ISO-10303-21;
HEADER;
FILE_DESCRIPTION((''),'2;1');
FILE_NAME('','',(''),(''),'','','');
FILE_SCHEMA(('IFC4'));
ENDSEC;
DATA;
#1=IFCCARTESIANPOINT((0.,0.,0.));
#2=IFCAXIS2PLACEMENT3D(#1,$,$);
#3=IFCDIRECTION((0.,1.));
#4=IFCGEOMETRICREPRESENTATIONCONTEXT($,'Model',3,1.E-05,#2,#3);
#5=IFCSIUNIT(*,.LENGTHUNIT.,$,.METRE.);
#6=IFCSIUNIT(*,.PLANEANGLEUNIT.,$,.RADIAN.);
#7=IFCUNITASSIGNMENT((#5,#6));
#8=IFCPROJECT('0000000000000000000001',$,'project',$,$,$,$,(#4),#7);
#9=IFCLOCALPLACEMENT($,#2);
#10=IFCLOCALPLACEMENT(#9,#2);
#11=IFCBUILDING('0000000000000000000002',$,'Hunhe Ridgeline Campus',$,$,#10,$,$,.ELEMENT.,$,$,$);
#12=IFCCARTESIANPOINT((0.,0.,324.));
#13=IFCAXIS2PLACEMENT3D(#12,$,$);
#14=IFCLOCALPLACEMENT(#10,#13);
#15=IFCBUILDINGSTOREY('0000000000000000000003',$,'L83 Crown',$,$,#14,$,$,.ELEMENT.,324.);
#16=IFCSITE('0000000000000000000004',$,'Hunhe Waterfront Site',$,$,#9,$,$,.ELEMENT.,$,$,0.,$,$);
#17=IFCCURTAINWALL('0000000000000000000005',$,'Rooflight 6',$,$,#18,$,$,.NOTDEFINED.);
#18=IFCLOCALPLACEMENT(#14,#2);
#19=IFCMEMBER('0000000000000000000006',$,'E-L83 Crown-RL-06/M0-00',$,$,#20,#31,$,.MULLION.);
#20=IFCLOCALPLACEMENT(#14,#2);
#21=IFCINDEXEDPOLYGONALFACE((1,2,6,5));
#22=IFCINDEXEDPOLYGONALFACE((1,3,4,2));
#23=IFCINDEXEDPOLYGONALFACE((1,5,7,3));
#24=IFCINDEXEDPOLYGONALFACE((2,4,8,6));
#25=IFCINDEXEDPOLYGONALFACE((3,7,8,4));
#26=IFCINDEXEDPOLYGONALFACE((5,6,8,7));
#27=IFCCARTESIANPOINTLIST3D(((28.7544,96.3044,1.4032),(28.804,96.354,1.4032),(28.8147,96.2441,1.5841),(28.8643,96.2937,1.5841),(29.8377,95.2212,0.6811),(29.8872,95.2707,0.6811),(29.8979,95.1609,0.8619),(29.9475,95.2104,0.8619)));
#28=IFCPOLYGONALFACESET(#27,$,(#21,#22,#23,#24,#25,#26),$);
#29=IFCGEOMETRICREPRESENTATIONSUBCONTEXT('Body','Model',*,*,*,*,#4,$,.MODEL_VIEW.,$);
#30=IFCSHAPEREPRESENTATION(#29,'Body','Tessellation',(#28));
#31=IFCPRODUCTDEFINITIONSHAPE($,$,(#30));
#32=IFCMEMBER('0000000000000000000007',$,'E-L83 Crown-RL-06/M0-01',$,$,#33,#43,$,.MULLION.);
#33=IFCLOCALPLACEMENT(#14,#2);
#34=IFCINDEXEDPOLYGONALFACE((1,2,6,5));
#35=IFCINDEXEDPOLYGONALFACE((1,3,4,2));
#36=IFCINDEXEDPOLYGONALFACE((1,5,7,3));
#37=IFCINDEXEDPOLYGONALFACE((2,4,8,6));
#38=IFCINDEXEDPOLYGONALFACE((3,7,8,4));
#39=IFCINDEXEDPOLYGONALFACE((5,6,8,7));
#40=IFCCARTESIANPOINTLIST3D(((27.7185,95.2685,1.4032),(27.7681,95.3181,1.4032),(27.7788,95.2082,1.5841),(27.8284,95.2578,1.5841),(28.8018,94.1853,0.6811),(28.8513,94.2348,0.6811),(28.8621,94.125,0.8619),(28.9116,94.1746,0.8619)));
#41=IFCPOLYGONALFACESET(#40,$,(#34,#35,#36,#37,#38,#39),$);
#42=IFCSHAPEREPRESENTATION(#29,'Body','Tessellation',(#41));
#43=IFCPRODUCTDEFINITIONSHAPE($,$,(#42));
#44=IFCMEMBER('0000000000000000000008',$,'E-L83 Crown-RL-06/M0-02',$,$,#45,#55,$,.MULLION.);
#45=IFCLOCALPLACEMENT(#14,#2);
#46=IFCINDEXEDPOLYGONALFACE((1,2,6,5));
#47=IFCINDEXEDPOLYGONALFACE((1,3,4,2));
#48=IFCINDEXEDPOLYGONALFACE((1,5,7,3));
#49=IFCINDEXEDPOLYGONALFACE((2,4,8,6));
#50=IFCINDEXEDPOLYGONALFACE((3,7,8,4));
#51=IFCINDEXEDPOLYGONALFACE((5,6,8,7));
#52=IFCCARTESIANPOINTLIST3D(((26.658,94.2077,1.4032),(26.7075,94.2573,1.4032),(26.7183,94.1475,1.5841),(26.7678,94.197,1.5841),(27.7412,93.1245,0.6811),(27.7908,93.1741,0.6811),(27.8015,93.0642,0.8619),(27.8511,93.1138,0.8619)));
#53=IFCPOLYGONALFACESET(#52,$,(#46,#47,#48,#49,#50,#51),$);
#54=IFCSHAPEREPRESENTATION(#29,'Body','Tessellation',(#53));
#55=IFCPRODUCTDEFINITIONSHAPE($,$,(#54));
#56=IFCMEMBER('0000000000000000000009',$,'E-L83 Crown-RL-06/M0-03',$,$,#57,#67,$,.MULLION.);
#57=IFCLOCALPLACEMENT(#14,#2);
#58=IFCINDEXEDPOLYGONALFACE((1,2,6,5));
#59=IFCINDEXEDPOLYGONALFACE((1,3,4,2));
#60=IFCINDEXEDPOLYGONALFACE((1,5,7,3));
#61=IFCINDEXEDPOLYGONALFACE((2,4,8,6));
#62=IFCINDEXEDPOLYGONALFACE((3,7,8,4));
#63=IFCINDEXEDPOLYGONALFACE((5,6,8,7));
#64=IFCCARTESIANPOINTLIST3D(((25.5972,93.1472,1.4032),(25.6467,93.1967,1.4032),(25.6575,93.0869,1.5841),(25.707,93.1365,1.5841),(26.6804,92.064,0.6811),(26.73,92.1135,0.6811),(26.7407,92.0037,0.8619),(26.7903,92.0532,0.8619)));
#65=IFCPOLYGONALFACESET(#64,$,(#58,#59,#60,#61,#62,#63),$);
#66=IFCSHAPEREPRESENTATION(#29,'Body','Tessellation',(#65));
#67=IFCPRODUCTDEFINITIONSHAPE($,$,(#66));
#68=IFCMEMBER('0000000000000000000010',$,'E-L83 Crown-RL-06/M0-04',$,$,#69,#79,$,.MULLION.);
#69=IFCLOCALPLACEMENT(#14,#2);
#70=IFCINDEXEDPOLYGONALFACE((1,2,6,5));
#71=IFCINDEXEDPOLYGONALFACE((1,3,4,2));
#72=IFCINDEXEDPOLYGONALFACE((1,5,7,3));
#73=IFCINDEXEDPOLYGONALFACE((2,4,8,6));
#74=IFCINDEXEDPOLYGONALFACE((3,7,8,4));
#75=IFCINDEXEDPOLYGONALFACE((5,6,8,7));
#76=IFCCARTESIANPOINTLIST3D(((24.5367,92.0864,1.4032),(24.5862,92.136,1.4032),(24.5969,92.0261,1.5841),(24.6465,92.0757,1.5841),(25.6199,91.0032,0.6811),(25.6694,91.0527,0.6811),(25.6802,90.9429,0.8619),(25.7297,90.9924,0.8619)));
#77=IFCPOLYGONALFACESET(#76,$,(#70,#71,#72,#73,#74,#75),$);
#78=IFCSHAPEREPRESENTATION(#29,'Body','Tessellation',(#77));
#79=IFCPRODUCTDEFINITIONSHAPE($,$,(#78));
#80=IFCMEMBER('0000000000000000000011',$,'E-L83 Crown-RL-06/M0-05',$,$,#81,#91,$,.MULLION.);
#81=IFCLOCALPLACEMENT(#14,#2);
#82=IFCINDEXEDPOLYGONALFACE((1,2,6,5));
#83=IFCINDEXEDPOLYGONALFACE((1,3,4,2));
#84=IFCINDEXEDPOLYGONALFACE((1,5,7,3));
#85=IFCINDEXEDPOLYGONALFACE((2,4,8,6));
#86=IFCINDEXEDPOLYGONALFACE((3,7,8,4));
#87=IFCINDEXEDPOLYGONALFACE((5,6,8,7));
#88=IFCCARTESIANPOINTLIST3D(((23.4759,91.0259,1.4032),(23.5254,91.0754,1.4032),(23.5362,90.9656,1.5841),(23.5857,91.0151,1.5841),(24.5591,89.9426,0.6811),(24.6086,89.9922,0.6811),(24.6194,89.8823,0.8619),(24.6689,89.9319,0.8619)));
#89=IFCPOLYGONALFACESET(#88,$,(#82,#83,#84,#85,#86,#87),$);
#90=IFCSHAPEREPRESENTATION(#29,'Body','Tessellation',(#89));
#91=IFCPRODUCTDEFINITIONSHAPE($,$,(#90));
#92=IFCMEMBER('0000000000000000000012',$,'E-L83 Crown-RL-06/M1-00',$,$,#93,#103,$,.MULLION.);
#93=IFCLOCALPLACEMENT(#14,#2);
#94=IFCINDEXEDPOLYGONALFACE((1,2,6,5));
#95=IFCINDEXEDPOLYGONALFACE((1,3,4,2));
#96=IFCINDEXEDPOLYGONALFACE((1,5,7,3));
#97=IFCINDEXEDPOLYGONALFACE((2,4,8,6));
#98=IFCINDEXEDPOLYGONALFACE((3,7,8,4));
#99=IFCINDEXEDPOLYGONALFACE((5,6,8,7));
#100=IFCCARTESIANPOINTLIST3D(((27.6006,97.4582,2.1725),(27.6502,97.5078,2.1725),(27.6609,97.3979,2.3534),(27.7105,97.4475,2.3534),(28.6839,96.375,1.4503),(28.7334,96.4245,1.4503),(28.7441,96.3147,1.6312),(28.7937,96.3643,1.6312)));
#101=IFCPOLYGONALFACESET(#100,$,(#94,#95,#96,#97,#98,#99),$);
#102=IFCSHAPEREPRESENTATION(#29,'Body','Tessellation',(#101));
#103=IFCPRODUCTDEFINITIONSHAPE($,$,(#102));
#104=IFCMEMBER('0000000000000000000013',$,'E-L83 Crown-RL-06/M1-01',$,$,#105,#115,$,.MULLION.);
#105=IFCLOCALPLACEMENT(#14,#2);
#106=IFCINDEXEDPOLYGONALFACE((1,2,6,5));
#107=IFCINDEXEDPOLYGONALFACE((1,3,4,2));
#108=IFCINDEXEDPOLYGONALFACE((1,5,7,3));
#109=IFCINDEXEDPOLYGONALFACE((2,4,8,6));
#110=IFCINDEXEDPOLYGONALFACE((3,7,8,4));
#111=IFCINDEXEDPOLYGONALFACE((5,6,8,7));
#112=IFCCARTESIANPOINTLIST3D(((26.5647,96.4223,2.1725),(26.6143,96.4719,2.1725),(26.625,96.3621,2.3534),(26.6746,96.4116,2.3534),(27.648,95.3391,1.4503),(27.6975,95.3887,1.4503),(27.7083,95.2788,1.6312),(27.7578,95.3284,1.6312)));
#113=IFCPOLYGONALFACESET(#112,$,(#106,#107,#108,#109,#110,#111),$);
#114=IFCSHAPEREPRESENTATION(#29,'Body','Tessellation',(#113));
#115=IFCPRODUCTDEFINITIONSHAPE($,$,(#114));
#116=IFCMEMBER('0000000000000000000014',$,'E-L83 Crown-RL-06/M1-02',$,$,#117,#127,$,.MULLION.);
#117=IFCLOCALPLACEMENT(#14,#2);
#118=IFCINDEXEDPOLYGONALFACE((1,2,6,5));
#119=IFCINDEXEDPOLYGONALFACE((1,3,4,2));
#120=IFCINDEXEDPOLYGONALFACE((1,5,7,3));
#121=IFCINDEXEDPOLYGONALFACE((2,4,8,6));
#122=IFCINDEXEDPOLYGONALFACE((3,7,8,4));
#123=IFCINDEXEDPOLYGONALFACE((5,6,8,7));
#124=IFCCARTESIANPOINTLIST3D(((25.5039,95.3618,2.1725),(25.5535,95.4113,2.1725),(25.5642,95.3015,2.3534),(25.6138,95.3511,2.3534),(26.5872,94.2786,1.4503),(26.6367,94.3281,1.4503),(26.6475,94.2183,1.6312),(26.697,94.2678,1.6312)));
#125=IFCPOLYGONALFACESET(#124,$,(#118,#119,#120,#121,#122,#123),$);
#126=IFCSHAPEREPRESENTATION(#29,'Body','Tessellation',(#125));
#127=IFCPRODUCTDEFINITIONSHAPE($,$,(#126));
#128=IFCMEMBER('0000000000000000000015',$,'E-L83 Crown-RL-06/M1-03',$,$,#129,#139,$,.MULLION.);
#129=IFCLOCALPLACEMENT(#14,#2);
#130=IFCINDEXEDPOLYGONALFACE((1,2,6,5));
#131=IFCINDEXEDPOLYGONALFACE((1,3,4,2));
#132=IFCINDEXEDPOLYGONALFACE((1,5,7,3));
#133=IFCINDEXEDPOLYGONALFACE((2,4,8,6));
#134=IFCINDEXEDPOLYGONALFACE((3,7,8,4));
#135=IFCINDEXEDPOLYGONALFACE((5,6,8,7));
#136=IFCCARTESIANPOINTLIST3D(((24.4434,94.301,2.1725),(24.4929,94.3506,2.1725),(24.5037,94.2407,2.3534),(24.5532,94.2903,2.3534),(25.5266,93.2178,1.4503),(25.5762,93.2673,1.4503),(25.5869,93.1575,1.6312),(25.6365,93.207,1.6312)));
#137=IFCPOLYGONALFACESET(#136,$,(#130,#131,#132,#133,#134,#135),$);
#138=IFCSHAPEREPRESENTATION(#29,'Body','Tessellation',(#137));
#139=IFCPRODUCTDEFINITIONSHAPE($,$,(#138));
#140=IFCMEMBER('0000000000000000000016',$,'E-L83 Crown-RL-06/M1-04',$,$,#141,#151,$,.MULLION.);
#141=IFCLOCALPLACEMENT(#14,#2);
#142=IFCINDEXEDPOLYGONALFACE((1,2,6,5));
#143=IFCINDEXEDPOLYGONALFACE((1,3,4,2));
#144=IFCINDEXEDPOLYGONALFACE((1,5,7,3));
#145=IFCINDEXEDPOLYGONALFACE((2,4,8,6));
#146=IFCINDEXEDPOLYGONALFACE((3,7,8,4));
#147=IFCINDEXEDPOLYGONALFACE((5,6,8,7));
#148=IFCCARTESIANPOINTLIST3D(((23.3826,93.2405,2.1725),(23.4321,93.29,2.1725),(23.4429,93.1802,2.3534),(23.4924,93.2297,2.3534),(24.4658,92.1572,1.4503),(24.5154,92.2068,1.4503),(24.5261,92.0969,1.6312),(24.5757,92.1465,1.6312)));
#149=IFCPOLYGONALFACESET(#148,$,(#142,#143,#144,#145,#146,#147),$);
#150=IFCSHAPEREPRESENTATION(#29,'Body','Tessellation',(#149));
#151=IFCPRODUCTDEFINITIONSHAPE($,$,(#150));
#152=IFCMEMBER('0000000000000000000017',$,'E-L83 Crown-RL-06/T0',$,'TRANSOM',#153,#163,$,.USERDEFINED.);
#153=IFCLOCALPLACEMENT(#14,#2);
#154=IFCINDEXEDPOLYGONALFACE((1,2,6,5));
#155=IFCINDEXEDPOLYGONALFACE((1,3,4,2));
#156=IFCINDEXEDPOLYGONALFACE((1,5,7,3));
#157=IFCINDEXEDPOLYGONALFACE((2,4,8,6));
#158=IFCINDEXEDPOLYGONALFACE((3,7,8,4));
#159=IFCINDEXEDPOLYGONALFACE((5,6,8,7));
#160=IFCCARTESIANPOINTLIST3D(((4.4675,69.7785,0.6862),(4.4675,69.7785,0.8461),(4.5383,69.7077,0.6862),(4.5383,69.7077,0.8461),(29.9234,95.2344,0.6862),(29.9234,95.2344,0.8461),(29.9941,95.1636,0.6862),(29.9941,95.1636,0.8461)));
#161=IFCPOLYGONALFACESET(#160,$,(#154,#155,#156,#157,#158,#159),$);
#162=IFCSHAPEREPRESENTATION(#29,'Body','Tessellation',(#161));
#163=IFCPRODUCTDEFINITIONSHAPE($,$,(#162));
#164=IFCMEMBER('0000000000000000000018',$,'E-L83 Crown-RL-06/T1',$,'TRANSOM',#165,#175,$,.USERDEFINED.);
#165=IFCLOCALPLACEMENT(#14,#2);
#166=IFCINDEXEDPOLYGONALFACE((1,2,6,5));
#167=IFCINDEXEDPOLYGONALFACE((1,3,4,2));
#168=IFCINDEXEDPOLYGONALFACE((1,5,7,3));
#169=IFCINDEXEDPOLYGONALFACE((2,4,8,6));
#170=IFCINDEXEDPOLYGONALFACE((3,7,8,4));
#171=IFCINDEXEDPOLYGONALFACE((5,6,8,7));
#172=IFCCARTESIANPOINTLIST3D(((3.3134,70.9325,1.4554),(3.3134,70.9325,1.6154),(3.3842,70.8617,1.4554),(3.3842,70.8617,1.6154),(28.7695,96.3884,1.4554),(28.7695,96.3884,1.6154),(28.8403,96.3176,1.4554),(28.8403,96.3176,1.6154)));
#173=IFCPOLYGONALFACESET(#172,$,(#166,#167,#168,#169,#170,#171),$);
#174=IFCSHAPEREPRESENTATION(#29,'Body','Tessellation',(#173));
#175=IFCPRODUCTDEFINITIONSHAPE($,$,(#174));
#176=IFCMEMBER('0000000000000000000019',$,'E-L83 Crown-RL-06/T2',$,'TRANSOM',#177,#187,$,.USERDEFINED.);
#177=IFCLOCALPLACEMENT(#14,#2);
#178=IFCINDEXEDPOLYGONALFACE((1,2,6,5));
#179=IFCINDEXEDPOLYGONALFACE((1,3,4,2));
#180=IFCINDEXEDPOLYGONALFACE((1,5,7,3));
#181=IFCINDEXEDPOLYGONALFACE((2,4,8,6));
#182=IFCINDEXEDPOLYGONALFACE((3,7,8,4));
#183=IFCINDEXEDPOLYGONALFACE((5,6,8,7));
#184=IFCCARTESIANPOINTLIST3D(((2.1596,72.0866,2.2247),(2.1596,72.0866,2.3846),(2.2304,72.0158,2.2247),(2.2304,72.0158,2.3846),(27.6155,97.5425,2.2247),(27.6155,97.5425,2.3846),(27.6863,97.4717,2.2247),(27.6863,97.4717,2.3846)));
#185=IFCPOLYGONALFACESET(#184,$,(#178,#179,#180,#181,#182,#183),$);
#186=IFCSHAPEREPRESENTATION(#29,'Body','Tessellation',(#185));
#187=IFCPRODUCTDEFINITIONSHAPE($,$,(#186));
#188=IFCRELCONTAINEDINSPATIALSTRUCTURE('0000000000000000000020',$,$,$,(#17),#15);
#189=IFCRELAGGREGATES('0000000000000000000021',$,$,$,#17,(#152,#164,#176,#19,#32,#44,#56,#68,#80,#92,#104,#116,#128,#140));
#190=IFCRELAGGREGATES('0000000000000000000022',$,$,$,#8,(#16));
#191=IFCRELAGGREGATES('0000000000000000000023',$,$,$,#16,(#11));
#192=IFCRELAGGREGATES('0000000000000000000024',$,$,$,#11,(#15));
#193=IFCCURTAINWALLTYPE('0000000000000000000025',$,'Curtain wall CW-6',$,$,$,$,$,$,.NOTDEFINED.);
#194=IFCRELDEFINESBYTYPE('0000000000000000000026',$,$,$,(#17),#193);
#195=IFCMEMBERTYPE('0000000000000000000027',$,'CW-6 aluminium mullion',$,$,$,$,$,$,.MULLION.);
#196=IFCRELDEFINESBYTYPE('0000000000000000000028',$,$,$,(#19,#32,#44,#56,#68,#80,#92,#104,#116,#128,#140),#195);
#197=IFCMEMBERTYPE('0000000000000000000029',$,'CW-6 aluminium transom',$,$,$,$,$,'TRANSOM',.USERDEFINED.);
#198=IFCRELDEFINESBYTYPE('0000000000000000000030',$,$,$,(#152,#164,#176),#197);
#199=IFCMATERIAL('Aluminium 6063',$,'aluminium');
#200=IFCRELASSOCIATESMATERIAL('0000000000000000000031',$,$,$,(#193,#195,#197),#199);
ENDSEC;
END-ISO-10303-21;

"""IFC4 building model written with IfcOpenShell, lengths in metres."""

from ifc_helpers import new_model, si_unit, direction, frame, origin, origin_2d, place, context, subcontext, project, spatial, rectangle, extrude, material, material_profile, profile_set, type_object, element, aggregate, save


model = new_model("IFC4")

# Units and contexts
model_context = context("Model", 3, precision=1e-05, world=origin(), true_north=direction((0.0, 1.0)))
body_context = subcontext(model_context, "Body", "Model", "MODEL_VIEW")
ifc_project = project(units=[si_unit("LENGTHUNIT", "METRE"), si_unit("PLANEANGLEUNIT", "RADIAN")], contexts=[model_context])

# Site, building, storey
site_placement = place(None, origin())
site = spatial("IfcSite", under=ifc_project, at=site_placement, Name="Hunhe Waterfront Site", CompositionType="ELEMENT", RefElevation=0.0)
building_placement = place(site_placement, origin())
building = spatial("IfcBuilding", under=site, at=building_placement, Name="Hunhe Ridgeline Campus", CompositionType="ELEMENT")
storey_placement = place(building_placement, frame((0.0, 0.0, 324.0)))
storey = spatial("IfcBuildingStorey", under=building, at=storey_placement, Name="L83 Crown", CompositionType="ELEMENT", Elevation=324.0)

# Curtain wall, members
ifc_material_1 = material(Name="Aluminium 6063", Category="aluminium")
curtain_wall_type = type_object("IfcCurtainWallType", Name="Curtain wall CW-6", PredefinedType="NOTDEFINED", material=ifc_material_1)
curtain_wall_placement = place(storey_placement, origin())
curtain_wall = element("IfcCurtainWall", 1, at=curtain_wall_placement, inside=storey, type_object=curtain_wall_type, Name="Rooflight 6", PredefinedType="NOTDEFINED")
ifc_material_profile_1 = material_profile(ifc_material_1, rectangle(XDim=0.0701, YDim=0.2, at=origin_2d()))
ifc_profile_set_1 = profile_set([ifc_material_profile_1], Name="Aluminium 6063")
member_type_1 = type_object("IfcMemberType", Name="CW-6 aluminium mullion", PredefinedType="MULLION", material=ifc_profile_set_1)
member_1_placement = place(storey_placement, frame((29.8926, 95.2158, 0.7715), z_axis=(-0.639602, 0.639602, 0.426401), x_axis=(-0.707107, -0.707107, 0.0)))
member_1 = element("IfcMember", 2, at=member_1_placement, type_object=member_type_1, Name="E-L83 Crown-RL-06/M0-00", PredefinedType="MULLION", context=body_context, shape_type="SweptSolid", body=[
    extrude(rectangle(XDim=0.0701, YDim=0.2, at=origin_2d()), origin(), (0.0, 0.0, 1.0), 1.6936),
])
member_2_placement = place(storey_placement, frame((28.8567, 94.1799, 0.7715), z_axis=(-0.639602, 0.639602, 0.426401), x_axis=(-0.707107, -0.707107, 0.0)))
member_2 = element("IfcMember", 3, at=member_2_placement, type_object=member_type_1, Name="E-L83 Crown-RL-06/M0-01", PredefinedType="MULLION", context=body_context, shape_type="SweptSolid", body=[
    extrude(rectangle(XDim=0.0701, YDim=0.2, at=origin_2d()), origin(), (0.0, 0.0, 1.0), 1.6936),
])
member_3_placement = place(storey_placement, frame((27.7961, 93.1191, 0.7715), z_axis=(-0.639602, 0.639602, 0.426401), x_axis=(-0.707107, -0.707107, 0.0)))
member_3 = element("IfcMember", 4, at=member_3_placement, type_object=member_type_1, Name="E-L83 Crown-RL-06/M0-02", PredefinedType="MULLION", context=body_context, shape_type="SweptSolid", body=[
    extrude(rectangle(XDim=0.0701, YDim=0.2, at=origin_2d()), origin(), (0.0, 0.0, 1.0), 1.6936),
])
member_4_placement = place(storey_placement, frame((26.7354, 92.0586, 0.7715), z_axis=(-0.639602, 0.639602, 0.426401), x_axis=(-0.707107, -0.707107, 0.0)))
member_4 = element("IfcMember", 5, at=member_4_placement, type_object=member_type_1, Name="E-L83 Crown-RL-06/M0-03", PredefinedType="MULLION", context=body_context, shape_type="SweptSolid", body=[
    extrude(rectangle(XDim=0.0701, YDim=0.2, at=origin_2d()), origin(), (0.0, 0.0, 1.0), 1.6936),
])
member_5_placement = place(storey_placement, frame((25.6748, 90.9978, 0.7715), z_axis=(-0.639602, 0.639602, 0.426401), x_axis=(-0.707107, -0.707107, 0.0)))
member_5 = element("IfcMember", 6, at=member_5_placement, type_object=member_type_1, Name="E-L83 Crown-RL-06/M0-04", PredefinedType="MULLION", context=body_context, shape_type="SweptSolid", body=[
    extrude(rectangle(XDim=0.0701, YDim=0.2, at=origin_2d()), origin(), (0.0, 0.0, 1.0), 1.6936),
])
member_6_placement = place(storey_placement, frame((24.614, 89.9373, 0.7715), z_axis=(-0.639602, 0.639602, 0.426401), x_axis=(-0.707107, -0.707107, 0.0)))
member_6 = element("IfcMember", 7, at=member_6_placement, type_object=member_type_1, Name="E-L83 Crown-RL-06/M0-05", PredefinedType="MULLION", context=body_context, shape_type="SweptSolid", body=[
    extrude(rectangle(XDim=0.0701, YDim=0.2, at=origin_2d()), origin(), (0.0, 0.0, 1.0), 1.6936),
])
member_7_placement = place(storey_placement, frame((28.7388, 96.3696, 1.5408), z_axis=(-0.639602, 0.639602, 0.426401), x_axis=(-0.707107, -0.707107, 0.0)))
member_7 = element("IfcMember", 8, at=member_7_placement, type_object=member_type_1, Name="E-L83 Crown-RL-06/M1-00", PredefinedType="MULLION", context=body_context, shape_type="SweptSolid", body=[
    extrude(rectangle(XDim=0.0701, YDim=0.2, at=origin_2d()), origin(), (0.0, 0.0, 1.0), 1.6936),
])
member_8_placement = place(storey_placement, frame((27.7029, 95.3337, 1.5408), z_axis=(-0.639602, 0.639602, 0.426401), x_axis=(-0.707107, -0.707107, 0.0)))
member_8 = element("IfcMember", 9, at=member_8_placement, type_object=member_type_1, Name="E-L83 Crown-RL-06/M1-01", PredefinedType="MULLION", context=body_context, shape_type="SweptSolid", body=[
    extrude(rectangle(XDim=0.0701, YDim=0.2, at=origin_2d()), origin(), (0.0, 0.0, 1.0), 1.6936),
])
member_9_placement = place(storey_placement, frame((26.6421, 94.2732, 1.5408), z_axis=(-0.639602, 0.639602, 0.426401), x_axis=(-0.707107, -0.707107, 0.0)))
member_9 = element("IfcMember", 10, at=member_9_placement, type_object=member_type_1, Name="E-L83 Crown-RL-06/M1-02", PredefinedType="MULLION", context=body_context, shape_type="SweptSolid", body=[
    extrude(rectangle(XDim=0.0701, YDim=0.2, at=origin_2d()), origin(), (0.0, 0.0, 1.0), 1.6936),
])
member_10_placement = place(storey_placement, frame((25.5815, 93.2124, 1.5408), z_axis=(-0.639602, 0.639602, 0.426401), x_axis=(-0.707107, -0.707107, 0.0)))
member_10 = element("IfcMember", 11, at=member_10_placement, type_object=member_type_1, Name="E-L83 Crown-RL-06/M1-03", PredefinedType="MULLION", context=body_context, shape_type="SweptSolid", body=[
    extrude(rectangle(XDim=0.0701, YDim=0.2, at=origin_2d()), origin(), (0.0, 0.0, 1.0), 1.6936),
])
member_11_placement = place(storey_placement, frame((24.5208, 92.1519, 1.5408), z_axis=(-0.639602, 0.639602, 0.426401), x_axis=(-0.707107, -0.707107, 0.0)))
member_11 = element("IfcMember", 12, at=member_11_placement, type_object=member_type_1, Name="E-L83 Crown-RL-06/M1-04", PredefinedType="MULLION", context=body_context, shape_type="SweptSolid", body=[
    extrude(rectangle(XDim=0.0701, YDim=0.2, at=origin_2d()), origin(), (0.0, 0.0, 1.0), 1.6936),
])
ifc_material_profile_2 = material_profile(ifc_material_1, rectangle(XDim=0.1001, YDim=0.1599, at=origin_2d()))
ifc_profile_set_2 = profile_set([ifc_material_profile_2], Name="Aluminium 6063")
member_type_2 = type_object("IfcMemberType", Name="CW-6 aluminium transom", ElementType="TRANSOM", PredefinedType="USERDEFINED", material=ifc_profile_set_2)
member_12_placement = place(storey_placement, frame((29.9587, 95.199, 0.7661), z_axis=(-0.707107, -0.707107, 0.0), x_axis=(0.707107, -0.707107, 0.0)))
member_12 = element("IfcMember", 13, at=member_12_placement, type_object=member_type_2, Name="E-L83 Crown-RL-06/T0", ObjectType="TRANSOM", PredefinedType="USERDEFINED", context=body_context, shape_type="SweptSolid", body=[
    extrude(rectangle(XDim=0.1001, YDim=0.1599, at=origin_2d()), origin(), (0.0, 0.0, 1.0), 36.0),
])
member_13_placement = place(storey_placement, frame((28.8049, 96.353, 1.5354), z_axis=(-0.70711, -0.707103, 0.0), x_axis=(0.707103, -0.70711, 0.0)))
member_13 = element("IfcMember", 14, at=member_13_placement, type_object=member_type_2, Name="E-L83 Crown-RL-06/T1", ObjectType="TRANSOM", PredefinedType="USERDEFINED", context=body_context, shape_type="SweptSolid", body=[
    extrude(rectangle(XDim=0.1001, YDim=0.1599, at=origin_2d()), origin(), (0.0, 0.0, 1.0), 36.0002),
])
member_14_placement = place(storey_placement, frame((27.6509, 97.5071, 2.3047), z_axis=(-0.707107, -0.707107, 0.0), x_axis=(0.707107, -0.707107, 0.0)))
member_14 = element("IfcMember", 15, at=member_14_placement, type_object=member_type_2, Name="E-L83 Crown-RL-06/T2", ObjectType="TRANSOM", PredefinedType="USERDEFINED", context=body_context, shape_type="SweptSolid", body=[
    extrude(rectangle(XDim=0.1001, YDim=0.1599, at=origin_2d()), origin(), (0.0, 0.0, 1.0), 36.0),
])
aggregate(curtain_wall, [member_12, member_13, member_14, member_1, member_2, member_3, member_4, member_5, member_6, member_7, member_8, member_9, member_10, member_11])

save(model, "model.ifc")
